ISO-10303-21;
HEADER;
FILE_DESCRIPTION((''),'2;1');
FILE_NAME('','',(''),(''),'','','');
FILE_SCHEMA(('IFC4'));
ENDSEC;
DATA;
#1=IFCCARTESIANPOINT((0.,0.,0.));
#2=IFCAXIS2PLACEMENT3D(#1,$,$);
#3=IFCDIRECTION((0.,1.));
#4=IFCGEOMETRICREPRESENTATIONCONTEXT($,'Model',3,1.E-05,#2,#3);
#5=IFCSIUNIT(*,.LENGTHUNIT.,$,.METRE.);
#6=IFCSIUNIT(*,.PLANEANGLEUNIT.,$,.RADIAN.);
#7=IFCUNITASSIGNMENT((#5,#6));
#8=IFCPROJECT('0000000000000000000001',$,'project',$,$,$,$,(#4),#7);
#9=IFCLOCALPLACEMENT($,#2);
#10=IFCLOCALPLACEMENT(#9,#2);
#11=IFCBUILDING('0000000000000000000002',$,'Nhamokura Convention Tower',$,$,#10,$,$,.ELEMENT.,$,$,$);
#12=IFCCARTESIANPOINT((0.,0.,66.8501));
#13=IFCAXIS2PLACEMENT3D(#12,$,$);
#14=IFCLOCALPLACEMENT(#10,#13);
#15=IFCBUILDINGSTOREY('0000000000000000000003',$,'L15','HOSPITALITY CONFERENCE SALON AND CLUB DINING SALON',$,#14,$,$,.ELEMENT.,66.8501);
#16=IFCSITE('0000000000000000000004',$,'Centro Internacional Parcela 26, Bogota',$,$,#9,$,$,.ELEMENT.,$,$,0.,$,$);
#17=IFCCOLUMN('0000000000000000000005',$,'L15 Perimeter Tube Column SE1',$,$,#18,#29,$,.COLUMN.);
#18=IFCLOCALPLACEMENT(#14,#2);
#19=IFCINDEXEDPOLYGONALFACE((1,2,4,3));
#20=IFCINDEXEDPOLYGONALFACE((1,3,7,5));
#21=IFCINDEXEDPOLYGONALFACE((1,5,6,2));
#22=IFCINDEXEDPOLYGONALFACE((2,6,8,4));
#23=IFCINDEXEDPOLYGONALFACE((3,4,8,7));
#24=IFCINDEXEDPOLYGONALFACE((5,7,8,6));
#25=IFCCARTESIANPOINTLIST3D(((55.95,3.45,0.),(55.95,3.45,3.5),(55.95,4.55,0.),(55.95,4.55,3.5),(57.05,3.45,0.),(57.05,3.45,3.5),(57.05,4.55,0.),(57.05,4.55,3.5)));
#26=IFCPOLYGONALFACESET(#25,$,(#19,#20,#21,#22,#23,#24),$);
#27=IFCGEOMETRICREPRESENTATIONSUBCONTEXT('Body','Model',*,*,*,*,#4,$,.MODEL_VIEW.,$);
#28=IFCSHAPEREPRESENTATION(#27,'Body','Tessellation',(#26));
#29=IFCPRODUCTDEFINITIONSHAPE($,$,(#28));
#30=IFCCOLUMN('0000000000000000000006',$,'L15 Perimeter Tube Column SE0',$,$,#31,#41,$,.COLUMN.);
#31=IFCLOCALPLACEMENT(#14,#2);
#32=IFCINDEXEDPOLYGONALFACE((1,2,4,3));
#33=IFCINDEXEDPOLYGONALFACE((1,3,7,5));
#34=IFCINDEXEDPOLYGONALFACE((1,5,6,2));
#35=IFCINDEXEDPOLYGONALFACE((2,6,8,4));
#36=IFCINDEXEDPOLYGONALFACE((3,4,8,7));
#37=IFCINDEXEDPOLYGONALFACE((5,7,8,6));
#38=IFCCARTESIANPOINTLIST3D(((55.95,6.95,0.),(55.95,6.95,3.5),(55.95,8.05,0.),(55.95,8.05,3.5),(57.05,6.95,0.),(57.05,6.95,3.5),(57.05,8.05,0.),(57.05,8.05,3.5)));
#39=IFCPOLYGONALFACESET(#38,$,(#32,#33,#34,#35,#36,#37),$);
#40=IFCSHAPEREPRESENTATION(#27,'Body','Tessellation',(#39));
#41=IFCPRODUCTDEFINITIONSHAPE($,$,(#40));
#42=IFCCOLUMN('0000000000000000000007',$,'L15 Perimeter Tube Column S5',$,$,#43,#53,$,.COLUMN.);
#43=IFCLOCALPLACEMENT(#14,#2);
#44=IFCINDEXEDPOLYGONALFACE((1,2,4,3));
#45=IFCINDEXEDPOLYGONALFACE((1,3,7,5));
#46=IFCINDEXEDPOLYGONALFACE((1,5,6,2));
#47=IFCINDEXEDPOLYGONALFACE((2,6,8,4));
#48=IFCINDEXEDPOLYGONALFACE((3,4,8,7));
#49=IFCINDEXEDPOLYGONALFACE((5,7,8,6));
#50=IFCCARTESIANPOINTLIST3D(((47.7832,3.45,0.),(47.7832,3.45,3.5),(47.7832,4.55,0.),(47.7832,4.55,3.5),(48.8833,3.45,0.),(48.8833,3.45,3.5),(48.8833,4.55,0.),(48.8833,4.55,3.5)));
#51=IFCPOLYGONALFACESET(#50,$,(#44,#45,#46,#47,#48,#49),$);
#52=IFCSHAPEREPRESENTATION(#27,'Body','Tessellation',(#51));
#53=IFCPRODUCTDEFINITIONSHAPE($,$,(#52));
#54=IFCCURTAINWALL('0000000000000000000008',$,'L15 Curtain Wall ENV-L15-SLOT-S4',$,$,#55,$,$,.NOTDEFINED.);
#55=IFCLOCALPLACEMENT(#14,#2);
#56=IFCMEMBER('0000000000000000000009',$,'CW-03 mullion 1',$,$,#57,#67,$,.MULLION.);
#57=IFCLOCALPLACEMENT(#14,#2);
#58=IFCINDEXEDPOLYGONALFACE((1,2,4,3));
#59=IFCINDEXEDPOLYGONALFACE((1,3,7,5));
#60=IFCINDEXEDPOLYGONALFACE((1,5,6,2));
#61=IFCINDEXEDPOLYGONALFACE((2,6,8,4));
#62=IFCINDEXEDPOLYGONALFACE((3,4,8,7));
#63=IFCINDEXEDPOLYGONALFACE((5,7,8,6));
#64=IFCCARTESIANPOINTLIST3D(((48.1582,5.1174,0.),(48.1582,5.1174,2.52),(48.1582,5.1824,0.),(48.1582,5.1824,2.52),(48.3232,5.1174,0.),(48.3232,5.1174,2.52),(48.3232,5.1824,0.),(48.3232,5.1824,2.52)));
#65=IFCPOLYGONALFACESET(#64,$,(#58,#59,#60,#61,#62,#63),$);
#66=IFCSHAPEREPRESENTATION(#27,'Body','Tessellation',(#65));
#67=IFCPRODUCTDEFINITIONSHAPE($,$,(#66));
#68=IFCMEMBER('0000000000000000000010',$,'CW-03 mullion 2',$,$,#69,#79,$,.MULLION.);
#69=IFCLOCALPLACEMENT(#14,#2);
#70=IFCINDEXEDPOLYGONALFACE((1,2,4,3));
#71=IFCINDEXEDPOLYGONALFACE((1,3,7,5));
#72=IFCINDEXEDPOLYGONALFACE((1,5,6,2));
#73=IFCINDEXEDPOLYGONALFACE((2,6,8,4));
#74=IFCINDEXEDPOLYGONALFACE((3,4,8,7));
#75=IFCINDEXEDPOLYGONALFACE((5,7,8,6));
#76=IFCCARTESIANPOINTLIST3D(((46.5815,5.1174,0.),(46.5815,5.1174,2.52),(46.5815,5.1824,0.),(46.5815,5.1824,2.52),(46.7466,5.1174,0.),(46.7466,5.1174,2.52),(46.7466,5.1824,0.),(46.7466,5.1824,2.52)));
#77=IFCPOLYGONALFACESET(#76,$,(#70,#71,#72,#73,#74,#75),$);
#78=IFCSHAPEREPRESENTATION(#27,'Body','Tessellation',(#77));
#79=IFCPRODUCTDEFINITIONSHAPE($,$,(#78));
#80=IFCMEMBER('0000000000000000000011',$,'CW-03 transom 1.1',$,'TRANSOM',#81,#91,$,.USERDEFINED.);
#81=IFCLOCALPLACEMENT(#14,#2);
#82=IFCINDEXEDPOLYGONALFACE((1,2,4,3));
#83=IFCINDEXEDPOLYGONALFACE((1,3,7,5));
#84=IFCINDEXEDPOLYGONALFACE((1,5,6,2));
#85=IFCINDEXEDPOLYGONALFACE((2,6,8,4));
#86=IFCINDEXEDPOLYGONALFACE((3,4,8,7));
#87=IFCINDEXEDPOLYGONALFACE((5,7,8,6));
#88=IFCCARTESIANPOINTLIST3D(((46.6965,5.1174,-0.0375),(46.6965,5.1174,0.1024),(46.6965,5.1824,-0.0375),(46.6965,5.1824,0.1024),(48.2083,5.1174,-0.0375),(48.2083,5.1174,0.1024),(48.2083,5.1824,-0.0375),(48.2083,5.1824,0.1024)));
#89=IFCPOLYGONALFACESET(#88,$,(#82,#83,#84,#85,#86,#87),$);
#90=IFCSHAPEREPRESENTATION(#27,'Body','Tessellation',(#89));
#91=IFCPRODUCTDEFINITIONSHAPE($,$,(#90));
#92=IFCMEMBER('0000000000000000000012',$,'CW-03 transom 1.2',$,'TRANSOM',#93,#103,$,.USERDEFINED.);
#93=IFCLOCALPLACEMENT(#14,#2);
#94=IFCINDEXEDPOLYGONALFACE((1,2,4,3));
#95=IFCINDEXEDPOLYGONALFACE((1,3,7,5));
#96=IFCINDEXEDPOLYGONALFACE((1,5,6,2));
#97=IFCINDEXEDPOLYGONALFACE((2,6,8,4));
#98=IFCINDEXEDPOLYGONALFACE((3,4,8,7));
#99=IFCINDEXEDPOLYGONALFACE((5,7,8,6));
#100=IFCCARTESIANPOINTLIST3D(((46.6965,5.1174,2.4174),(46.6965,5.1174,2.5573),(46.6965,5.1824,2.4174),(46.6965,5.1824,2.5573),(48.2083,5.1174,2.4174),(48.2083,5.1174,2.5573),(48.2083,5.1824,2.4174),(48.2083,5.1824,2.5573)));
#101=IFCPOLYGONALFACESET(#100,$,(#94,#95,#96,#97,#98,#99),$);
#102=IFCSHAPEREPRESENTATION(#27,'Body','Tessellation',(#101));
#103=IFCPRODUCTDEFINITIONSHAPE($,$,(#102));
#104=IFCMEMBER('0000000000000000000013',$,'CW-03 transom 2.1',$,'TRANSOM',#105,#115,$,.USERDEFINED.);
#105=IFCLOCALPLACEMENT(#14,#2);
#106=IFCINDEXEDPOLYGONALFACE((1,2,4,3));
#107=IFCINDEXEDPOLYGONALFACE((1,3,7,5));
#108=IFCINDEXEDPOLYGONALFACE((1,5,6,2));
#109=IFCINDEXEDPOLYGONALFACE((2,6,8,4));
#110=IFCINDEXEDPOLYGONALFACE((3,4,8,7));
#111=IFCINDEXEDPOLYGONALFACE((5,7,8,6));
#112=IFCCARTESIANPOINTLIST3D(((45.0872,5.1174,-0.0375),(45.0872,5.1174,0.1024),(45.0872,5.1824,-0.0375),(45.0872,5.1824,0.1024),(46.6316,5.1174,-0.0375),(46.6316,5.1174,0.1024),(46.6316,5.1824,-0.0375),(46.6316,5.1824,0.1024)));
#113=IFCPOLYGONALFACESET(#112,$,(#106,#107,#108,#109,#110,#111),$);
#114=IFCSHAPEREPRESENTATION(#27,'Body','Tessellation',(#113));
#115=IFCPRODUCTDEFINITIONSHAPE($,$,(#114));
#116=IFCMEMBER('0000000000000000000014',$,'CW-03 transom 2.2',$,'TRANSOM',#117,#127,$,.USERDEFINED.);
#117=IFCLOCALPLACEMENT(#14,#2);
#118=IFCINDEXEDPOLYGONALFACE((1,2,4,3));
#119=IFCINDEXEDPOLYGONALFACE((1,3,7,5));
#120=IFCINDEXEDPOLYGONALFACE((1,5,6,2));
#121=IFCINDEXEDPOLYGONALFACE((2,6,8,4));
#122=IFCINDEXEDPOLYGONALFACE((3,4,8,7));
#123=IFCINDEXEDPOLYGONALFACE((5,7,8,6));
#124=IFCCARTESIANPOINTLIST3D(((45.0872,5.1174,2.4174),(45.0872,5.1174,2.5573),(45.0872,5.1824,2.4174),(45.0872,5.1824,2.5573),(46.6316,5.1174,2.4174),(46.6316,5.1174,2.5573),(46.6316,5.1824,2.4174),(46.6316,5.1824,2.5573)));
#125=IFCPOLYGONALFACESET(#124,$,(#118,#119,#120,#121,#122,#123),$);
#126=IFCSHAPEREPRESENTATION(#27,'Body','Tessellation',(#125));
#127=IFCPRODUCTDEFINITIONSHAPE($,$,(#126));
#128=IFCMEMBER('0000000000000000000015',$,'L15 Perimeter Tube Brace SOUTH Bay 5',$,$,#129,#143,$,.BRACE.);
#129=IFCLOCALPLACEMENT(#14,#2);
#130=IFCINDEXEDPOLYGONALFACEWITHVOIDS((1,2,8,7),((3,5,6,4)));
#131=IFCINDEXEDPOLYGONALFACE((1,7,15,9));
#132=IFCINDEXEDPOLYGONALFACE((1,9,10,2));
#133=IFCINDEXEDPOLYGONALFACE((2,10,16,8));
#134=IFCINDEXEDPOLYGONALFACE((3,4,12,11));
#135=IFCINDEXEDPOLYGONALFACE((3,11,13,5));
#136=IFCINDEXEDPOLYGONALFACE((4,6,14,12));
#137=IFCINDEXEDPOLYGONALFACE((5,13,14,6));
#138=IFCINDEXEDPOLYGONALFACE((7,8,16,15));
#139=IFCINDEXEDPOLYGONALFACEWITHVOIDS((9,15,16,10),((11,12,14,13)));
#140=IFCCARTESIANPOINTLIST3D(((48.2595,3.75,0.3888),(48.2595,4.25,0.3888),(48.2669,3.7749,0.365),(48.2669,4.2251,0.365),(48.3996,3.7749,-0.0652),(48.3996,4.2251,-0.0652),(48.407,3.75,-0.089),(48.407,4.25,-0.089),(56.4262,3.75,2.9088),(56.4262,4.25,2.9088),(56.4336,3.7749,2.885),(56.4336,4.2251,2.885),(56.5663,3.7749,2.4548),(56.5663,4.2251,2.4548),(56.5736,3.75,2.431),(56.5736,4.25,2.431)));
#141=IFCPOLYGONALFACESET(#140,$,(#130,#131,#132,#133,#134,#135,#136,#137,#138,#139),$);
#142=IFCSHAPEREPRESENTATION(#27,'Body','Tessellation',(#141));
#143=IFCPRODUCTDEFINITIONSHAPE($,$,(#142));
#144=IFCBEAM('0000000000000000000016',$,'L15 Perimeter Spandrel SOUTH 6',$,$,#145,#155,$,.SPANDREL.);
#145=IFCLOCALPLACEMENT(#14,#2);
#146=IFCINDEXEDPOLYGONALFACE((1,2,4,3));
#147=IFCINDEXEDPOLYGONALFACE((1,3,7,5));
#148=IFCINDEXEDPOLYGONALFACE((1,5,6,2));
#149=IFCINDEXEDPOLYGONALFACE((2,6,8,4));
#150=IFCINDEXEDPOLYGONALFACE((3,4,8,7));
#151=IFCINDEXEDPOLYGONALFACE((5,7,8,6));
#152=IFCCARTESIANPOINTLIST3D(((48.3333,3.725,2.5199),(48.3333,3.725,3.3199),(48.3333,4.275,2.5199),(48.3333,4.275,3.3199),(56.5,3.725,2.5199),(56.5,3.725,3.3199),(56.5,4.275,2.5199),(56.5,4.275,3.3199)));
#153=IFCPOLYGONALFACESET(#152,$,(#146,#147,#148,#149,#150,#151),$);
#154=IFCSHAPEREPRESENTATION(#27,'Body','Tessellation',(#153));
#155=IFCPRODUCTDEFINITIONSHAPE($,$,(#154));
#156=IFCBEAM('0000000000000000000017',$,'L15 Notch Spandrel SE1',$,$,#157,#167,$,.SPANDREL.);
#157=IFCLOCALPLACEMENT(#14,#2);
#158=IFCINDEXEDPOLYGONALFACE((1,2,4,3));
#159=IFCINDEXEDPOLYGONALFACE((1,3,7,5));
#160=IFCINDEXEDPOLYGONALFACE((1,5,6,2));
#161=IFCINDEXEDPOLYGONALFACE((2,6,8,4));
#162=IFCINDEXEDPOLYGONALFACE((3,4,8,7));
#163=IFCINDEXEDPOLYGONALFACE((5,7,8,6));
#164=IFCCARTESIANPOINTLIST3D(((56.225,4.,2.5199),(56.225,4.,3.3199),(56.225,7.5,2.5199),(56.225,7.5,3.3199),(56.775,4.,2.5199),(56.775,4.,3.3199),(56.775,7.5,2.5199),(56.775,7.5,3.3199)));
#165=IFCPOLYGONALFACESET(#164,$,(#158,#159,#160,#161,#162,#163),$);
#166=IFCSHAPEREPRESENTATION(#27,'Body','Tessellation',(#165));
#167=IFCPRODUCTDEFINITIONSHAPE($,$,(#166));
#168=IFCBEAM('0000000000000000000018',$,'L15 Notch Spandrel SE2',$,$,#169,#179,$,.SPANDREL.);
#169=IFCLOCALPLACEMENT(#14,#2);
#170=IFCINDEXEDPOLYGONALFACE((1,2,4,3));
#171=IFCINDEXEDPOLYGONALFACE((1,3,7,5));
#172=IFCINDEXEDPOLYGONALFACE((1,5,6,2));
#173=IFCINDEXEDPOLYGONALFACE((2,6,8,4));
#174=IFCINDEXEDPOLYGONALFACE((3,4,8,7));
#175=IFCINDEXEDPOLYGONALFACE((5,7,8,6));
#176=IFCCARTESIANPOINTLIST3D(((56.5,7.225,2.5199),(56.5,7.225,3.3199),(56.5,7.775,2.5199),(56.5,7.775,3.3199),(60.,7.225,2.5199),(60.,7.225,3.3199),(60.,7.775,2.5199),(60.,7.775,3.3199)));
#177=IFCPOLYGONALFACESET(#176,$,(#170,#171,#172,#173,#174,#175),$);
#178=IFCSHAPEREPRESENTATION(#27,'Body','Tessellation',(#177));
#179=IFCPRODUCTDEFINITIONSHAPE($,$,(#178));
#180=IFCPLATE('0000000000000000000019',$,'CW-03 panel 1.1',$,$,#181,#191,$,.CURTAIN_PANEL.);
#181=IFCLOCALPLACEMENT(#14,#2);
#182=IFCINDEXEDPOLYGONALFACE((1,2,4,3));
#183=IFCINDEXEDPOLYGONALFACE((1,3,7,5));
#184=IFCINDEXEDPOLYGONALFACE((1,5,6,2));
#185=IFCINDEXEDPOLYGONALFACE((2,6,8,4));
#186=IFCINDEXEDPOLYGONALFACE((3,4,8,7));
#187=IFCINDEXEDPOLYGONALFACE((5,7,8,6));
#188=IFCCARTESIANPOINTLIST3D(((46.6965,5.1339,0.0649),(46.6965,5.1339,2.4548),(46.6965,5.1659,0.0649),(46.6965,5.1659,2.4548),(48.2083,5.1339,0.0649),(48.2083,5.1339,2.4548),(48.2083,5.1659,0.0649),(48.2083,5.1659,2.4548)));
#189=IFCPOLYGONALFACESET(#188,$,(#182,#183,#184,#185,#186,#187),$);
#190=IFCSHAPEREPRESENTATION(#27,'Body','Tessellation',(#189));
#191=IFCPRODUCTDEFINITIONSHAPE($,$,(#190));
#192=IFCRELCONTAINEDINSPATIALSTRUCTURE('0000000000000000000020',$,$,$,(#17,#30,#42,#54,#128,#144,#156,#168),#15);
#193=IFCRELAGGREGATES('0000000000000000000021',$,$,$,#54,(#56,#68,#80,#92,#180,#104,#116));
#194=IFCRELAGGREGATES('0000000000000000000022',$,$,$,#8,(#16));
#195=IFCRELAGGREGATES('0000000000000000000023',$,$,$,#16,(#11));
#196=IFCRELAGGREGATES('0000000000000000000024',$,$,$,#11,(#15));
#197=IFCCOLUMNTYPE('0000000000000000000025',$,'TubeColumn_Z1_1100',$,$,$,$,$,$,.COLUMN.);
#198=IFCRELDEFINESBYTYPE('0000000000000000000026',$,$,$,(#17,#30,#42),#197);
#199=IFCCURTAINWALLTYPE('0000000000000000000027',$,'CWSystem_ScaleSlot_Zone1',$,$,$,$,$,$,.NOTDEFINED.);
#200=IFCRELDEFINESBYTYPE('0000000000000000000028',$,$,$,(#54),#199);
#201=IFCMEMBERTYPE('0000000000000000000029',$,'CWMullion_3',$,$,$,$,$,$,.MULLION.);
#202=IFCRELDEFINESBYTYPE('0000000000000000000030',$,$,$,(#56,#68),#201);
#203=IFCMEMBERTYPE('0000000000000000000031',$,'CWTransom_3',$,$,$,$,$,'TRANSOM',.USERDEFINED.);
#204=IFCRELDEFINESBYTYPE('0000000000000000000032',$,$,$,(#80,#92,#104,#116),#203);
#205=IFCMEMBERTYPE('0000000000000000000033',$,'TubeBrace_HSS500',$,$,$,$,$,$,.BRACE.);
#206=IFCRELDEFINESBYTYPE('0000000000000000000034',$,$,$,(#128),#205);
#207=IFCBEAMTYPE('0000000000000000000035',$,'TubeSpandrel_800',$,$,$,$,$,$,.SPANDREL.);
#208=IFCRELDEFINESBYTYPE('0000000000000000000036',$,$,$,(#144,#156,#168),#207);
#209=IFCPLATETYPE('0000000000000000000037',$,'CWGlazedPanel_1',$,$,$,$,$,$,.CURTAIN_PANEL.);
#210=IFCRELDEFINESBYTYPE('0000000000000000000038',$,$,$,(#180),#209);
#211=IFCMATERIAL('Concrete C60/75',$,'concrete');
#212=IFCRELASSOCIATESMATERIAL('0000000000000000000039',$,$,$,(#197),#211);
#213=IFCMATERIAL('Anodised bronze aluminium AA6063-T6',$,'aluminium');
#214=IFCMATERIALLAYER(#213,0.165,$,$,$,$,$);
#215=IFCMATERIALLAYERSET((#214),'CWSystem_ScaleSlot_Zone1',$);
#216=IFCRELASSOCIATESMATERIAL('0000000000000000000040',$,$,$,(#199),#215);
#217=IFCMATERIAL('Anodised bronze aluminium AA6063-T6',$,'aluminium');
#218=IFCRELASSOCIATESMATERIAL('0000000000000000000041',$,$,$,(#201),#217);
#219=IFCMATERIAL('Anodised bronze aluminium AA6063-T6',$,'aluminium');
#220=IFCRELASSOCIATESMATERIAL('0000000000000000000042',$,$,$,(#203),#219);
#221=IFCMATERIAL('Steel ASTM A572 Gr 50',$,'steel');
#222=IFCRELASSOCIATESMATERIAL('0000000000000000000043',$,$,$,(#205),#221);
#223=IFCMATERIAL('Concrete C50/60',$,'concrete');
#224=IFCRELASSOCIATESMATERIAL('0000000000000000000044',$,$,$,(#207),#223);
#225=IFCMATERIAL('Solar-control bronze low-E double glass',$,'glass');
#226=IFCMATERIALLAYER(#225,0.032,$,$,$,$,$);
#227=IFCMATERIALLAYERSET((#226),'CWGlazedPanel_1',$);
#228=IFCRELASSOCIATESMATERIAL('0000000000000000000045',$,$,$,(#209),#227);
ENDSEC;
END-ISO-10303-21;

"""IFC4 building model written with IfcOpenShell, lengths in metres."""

from ifc_helpers import new_model, si_unit, direction, frame, origin, origin_2d, place, context, subcontext, project, spatial, rectangle, hollow_rectangle, extrude, material, layer, layer_set, material_profile, profile_set, type_object, element, aggregate, save


model = new_model("IFC4")

# Units and contexts
model_context = context("Model", 3, precision=1e-05, world=origin(), true_north=direction((0.0, 1.0)))
body_context = subcontext(model_context, "Body", "Model", "MODEL_VIEW")
ifc_project = project(units=[si_unit("LENGTHUNIT", "METRE"), si_unit("PLANEANGLEUNIT", "RADIAN")], contexts=[model_context])

# Site, building, storey
site_placement = place(None, origin())
site = spatial("IfcSite", under=ifc_project, at=site_placement, Name="Centro Internacional Parcela 26, Bogota", CompositionType="ELEMENT", RefElevation=0.0)
building_placement = place(site_placement, origin())
building = spatial("IfcBuilding", under=site, at=building_placement, Name="Nhamokura Convention Tower", CompositionType="ELEMENT")
storey_placement = place(building_placement, frame((0.0, 0.0, 66.8501)))
storey = spatial("IfcBuildingStorey", under=building, at=storey_placement, Name="L15", Description="HOSPITALITY CONFERENCE SALON AND CLUB DINING SALON", CompositionType="ELEMENT", Elevation=66.8501)

# Columns
ifc_material_1 = material(Name="Concrete C60/75", Category="concrete")
ifc_material_profile_1 = material_profile(ifc_material_1, rectangle(XDim=1.1001, YDim=1.1001, at=origin_2d()))
ifc_profile_set_1 = profile_set([ifc_material_profile_1], Name="Concrete C60/75")
column_type = type_object("IfcColumnType", Name="TubeColumn_Z1_1100", PredefinedType="COLUMN", material=ifc_profile_set_1)
for number, where, z_axis, x_axis, name in (
    (1, (56.5, 4.0, 0.0), (0.0, 0.0, 1.0), (1.0, 0.0, 0.0), "L15 Perimeter Tube Column SE1"),
    (2, (56.5, 7.5, 0.0), (0.0, 0.0, 1.0), (1.0, 0.0, 0.0), "L15 Perimeter Tube Column SE0"),
    (3, (48.3333, 4.0, 0.0), (0.0, 0.0, 1.0), (1.0, 0.0, 0.0), "L15 Perimeter Tube Column S5"),
):
    element("IfcColumn", number, at=place(storey_placement, frame(where, z_axis=z_axis, x_axis=x_axis)), inside=storey, type_object=column_type, Name=name, PredefinedType="COLUMN", context=body_context, shape_type="SweptSolid", body=[
        extrude(rectangle(XDim=1.1001, YDim=1.1001, at=origin_2d()), origin(), (0.0, 0.0, 1.0), 3.5),
    ])

# Curtain wall, members
ifc_material_2 = material(Name="Anodised bronze aluminium AA6063-T6", Category="aluminium")
ifc_layer_1 = layer(ifc_material_2, 0.165)
ifc_layer_set_1 = layer_set([ifc_layer_1], Name="CWSystem_ScaleSlot_Zone1")
curtain_wall_type = type_object("IfcCurtainWallType", Name="CWSystem_ScaleSlot_Zone1", PredefinedType="NOTDEFINED", material=ifc_layer_set_1)
curtain_wall_placement = place(storey_placement, origin())
curtain_wall = element("IfcCurtainWall", 4, at=curtain_wall_placement, inside=storey, type_object=curtain_wall_type, Name="L15 Curtain Wall ENV-L15-SLOT-S4", PredefinedType="NOTDEFINED")
ifc_material_3 = material(Name="Anodised bronze aluminium AA6063-T6", Category="aluminium")
ifc_material_profile_2 = material_profile(ifc_material_3, rectangle(XDim=0.0649, YDim=0.165, at=origin_2d()))
ifc_profile_set_2 = profile_set([ifc_material_profile_2], Name="Anodised bronze aluminium AA6063-T6")
member_type_1 = type_object("IfcMemberType", Name="CWMullion_3", PredefinedType="MULLION", material=ifc_profile_set_2)
member_1_placement = place(storey_placement, frame((48.2407, 5.1499, 0.0), z_axis=(0.0, 0.0, 1.0), x_axis=(0.0, -1.0, 0.0)))
member_1 = element("IfcMember", 5, at=member_1_placement, type_object=member_type_1, Name="CW-03 mullion 1", PredefinedType="MULLION", context=body_context, shape_type="SweptSolid", body=[
    extrude(rectangle(XDim=0.0649, YDim=0.165, at=origin_2d()), origin(), (0.0, 0.0, 1.0), 2.52),
])
member_2_placement = place(storey_placement, frame((46.6641, 5.1499, 0.0), z_axis=(0.0, 0.0, 1.0), x_axis=(0.0, -1.0, 0.0)))
member_2 = element("IfcMember", 6, at=member_2_placement, type_object=member_type_1, Name="CW-03 mullion 2", PredefinedType="MULLION", context=body_context, shape_type="SweptSolid", body=[
    extrude(rectangle(XDim=0.0649, YDim=0.165, at=origin_2d()), origin(), (0.0, 0.0, 1.0), 2.52),
])
ifc_material_4 = material(Name="Anodised bronze aluminium AA6063-T6", Category="aluminium")
ifc_material_profile_3 = material_profile(ifc_material_4, rectangle(XDim=0.0649, YDim=0.1399, at=origin_2d()))
ifc_profile_set_3 = profile_set([ifc_material_profile_3], Name="Anodised bronze aluminium AA6063-T6")
member_type_2 = type_object("IfcMemberType", Name="CWTransom_3", ElementType="TRANSOM", PredefinedType="USERDEFINED", material=ifc_profile_set_3)
member_3_placement = place(storey_placement, frame((48.2083, 5.1499, 0.0325), z_axis=(-1.0, 0.0, 0.0), x_axis=(0.0, -1.0, 0.0)))
member_3 = element("IfcMember", 7, at=member_3_placement, type_object=member_type_2, Name="CW-03 transom 1.1", ObjectType="TRANSOM", PredefinedType="USERDEFINED", context=body_context, shape_type="SweptSolid", body=[
    extrude(rectangle(XDim=0.0649, YDim=0.1399, at=origin_2d()), origin(), (0.0, 0.0, 1.0), 1.5117),
])
member_4_placement = place(storey_placement, frame((48.2083, 5.1499, 2.4873), z_axis=(-1.0, 0.0, 0.0), x_axis=(0.0, -1.0, 0.0)))
member_4 = element("IfcMember", 8, at=member_4_placement, type_object=member_type_2, Name="CW-03 transom 1.2", ObjectType="TRANSOM", PredefinedType="USERDEFINED", context=body_context, shape_type="SweptSolid", body=[
    extrude(rectangle(XDim=0.0649, YDim=0.1399, at=origin_2d()), origin(), (0.0, 0.0, 1.0), 1.5117),
])
member_5_placement = place(storey_placement, frame((46.6316, 5.1499, 0.0325), z_axis=(-1.0, 0.0, 0.0), x_axis=(0.0, -1.0, 0.0)))
member_5 = element("IfcMember", 9, at=member_5_placement, type_object=member_type_2, Name="CW-03 transom 2.1", ObjectType="TRANSOM", PredefinedType="USERDEFINED", context=body_context, shape_type="SweptSolid", body=[
    extrude(rectangle(XDim=0.0649, YDim=0.1399, at=origin_2d()), origin(), (0.0, 0.0, 1.0), 1.5444),
])
member_6_placement = place(storey_placement, frame((46.6316, 5.1499, 2.4873), z_axis=(-1.0, 0.0, 0.0), x_axis=(0.0, -1.0, 0.0)))
member_6 = element("IfcMember", 10, at=member_6_placement, type_object=member_type_2, Name="CW-03 transom 2.2", ObjectType="TRANSOM", PredefinedType="USERDEFINED", context=body_context, shape_type="SweptSolid", body=[
    extrude(rectangle(XDim=0.0649, YDim=0.1399, at=origin_2d()), origin(), (0.0, 0.0, 1.0), 1.5444),
])

# Member
ifc_material_5 = material(Name="Steel ASTM A572 Gr 50", Category="steel")
ifc_material_profile_4 = material_profile(ifc_material_5, hollow_rectangle(XDim=0.5, YDim=0.5, WallThickness=0.0249, at=origin_2d()))
ifc_profile_set_4 = profile_set([ifc_material_profile_4], Name="Steel ASTM A572 Gr 50")
member_type_3 = type_object("IfcMemberType", Name="TubeBrace_HSS500", PredefinedType="BRACE", material=ifc_profile_set_4)
member_7_placement = place(storey_placement, frame((48.3333, 4.0, 0.1499), z_axis=(0.955543, 0.0, 0.294853), x_axis=(0.0, 1.0, 0.0)))
element("IfcMember", 11, at=member_7_placement, inside=storey, type_object=member_type_3, Name="L15 Perimeter Tube Brace SOUTH Bay 5", PredefinedType="BRACE", context=body_context, shape_type="SweptSolid", body=[
    extrude(hollow_rectangle(XDim=0.5, YDim=0.5, WallThickness=0.0249, at=origin_2d()), origin(), (0.0, 0.0, 1.0), 8.5466),
])

# Beams
ifc_material_6 = material(Name="Concrete C50/60", Category="concrete")
ifc_material_profile_5 = material_profile(ifc_material_6, rectangle(XDim=0.55, YDim=0.8, at=origin_2d()))
ifc_profile_set_5 = profile_set([ifc_material_profile_5], Name="Concrete C50/60")
beam_type = type_object("IfcBeamType", Name="TubeSpandrel_800", PredefinedType="SPANDREL", material=ifc_profile_set_5)
beam_placement = place(storey_placement, frame((48.3333, 4.0, 2.9199), z_axis=(1.0, 0.0, 0.0), x_axis=(0.0, 1.0, 0.0)))
element("IfcBeam", 12, at=beam_placement, inside=storey, type_object=beam_type, Name="L15 Perimeter Spandrel SOUTH 6", PredefinedType="SPANDREL", context=body_context, shape_type="SweptSolid", body=[
    extrude(rectangle(XDim=0.55, YDim=0.8, at=origin_2d()), origin(), (0.0, 0.0, 1.0), 8.1667),
])
for number, where, z_axis, x_axis, name in (
    (13, (56.5, 4.0, 2.9199), (0.0, 1.0, 0.0), (-1.0, 0.0, 0.0), "L15 Notch Spandrel SE1"),
    (14, (56.5, 7.5, 2.9199), (1.0, 0.0, 0.0), (0.0, 1.0, 0.0), "L15 Notch Spandrel SE2"),
):
    element("IfcBeam", number, at=place(storey_placement, frame(where, z_axis=z_axis, x_axis=x_axis)), inside=storey, type_object=beam_type, Name=name, PredefinedType="SPANDREL", context=body_context, shape_type="SweptSolid", body=[
        extrude(rectangle(XDim=0.55, YDim=0.8, at=origin_2d()), origin(), (0.0, 0.0, 1.0), 3.5),
    ])

# Plate
ifc_material_7 = material(Name="Solar-control bronze low-E double glass", Category="glass")
ifc_layer_2 = layer(ifc_material_7, 0.032)
ifc_layer_set_2 = layer_set([ifc_layer_2], Name="CWGlazedPanel_1")
plate_type = type_object("IfcPlateType", Name="CWGlazedPanel_1", PredefinedType="CURTAIN_PANEL", material=ifc_layer_set_2)
plate_placement = place(storey_placement, frame((47.4524, 5.1499, 0.0649), z_axis=(0.0, 0.0, 1.0), x_axis=(-1.0, 0.0, 0.0)))
plate = element("IfcPlate", 15, at=plate_placement, type_object=plate_type, Name="CW-03 panel 1.1", PredefinedType="CURTAIN_PANEL", context=body_context, shape_type="SweptSolid", body=[
    extrude(rectangle(XDim=1.5117, YDim=0.032, at=origin_2d()), origin(), (0.0, 0.0, 1.0), 2.3899),
])
aggregate(curtain_wall, [member_1, member_2, member_3, member_4, plate, member_5, member_6])

save(model, "model.ifc")
